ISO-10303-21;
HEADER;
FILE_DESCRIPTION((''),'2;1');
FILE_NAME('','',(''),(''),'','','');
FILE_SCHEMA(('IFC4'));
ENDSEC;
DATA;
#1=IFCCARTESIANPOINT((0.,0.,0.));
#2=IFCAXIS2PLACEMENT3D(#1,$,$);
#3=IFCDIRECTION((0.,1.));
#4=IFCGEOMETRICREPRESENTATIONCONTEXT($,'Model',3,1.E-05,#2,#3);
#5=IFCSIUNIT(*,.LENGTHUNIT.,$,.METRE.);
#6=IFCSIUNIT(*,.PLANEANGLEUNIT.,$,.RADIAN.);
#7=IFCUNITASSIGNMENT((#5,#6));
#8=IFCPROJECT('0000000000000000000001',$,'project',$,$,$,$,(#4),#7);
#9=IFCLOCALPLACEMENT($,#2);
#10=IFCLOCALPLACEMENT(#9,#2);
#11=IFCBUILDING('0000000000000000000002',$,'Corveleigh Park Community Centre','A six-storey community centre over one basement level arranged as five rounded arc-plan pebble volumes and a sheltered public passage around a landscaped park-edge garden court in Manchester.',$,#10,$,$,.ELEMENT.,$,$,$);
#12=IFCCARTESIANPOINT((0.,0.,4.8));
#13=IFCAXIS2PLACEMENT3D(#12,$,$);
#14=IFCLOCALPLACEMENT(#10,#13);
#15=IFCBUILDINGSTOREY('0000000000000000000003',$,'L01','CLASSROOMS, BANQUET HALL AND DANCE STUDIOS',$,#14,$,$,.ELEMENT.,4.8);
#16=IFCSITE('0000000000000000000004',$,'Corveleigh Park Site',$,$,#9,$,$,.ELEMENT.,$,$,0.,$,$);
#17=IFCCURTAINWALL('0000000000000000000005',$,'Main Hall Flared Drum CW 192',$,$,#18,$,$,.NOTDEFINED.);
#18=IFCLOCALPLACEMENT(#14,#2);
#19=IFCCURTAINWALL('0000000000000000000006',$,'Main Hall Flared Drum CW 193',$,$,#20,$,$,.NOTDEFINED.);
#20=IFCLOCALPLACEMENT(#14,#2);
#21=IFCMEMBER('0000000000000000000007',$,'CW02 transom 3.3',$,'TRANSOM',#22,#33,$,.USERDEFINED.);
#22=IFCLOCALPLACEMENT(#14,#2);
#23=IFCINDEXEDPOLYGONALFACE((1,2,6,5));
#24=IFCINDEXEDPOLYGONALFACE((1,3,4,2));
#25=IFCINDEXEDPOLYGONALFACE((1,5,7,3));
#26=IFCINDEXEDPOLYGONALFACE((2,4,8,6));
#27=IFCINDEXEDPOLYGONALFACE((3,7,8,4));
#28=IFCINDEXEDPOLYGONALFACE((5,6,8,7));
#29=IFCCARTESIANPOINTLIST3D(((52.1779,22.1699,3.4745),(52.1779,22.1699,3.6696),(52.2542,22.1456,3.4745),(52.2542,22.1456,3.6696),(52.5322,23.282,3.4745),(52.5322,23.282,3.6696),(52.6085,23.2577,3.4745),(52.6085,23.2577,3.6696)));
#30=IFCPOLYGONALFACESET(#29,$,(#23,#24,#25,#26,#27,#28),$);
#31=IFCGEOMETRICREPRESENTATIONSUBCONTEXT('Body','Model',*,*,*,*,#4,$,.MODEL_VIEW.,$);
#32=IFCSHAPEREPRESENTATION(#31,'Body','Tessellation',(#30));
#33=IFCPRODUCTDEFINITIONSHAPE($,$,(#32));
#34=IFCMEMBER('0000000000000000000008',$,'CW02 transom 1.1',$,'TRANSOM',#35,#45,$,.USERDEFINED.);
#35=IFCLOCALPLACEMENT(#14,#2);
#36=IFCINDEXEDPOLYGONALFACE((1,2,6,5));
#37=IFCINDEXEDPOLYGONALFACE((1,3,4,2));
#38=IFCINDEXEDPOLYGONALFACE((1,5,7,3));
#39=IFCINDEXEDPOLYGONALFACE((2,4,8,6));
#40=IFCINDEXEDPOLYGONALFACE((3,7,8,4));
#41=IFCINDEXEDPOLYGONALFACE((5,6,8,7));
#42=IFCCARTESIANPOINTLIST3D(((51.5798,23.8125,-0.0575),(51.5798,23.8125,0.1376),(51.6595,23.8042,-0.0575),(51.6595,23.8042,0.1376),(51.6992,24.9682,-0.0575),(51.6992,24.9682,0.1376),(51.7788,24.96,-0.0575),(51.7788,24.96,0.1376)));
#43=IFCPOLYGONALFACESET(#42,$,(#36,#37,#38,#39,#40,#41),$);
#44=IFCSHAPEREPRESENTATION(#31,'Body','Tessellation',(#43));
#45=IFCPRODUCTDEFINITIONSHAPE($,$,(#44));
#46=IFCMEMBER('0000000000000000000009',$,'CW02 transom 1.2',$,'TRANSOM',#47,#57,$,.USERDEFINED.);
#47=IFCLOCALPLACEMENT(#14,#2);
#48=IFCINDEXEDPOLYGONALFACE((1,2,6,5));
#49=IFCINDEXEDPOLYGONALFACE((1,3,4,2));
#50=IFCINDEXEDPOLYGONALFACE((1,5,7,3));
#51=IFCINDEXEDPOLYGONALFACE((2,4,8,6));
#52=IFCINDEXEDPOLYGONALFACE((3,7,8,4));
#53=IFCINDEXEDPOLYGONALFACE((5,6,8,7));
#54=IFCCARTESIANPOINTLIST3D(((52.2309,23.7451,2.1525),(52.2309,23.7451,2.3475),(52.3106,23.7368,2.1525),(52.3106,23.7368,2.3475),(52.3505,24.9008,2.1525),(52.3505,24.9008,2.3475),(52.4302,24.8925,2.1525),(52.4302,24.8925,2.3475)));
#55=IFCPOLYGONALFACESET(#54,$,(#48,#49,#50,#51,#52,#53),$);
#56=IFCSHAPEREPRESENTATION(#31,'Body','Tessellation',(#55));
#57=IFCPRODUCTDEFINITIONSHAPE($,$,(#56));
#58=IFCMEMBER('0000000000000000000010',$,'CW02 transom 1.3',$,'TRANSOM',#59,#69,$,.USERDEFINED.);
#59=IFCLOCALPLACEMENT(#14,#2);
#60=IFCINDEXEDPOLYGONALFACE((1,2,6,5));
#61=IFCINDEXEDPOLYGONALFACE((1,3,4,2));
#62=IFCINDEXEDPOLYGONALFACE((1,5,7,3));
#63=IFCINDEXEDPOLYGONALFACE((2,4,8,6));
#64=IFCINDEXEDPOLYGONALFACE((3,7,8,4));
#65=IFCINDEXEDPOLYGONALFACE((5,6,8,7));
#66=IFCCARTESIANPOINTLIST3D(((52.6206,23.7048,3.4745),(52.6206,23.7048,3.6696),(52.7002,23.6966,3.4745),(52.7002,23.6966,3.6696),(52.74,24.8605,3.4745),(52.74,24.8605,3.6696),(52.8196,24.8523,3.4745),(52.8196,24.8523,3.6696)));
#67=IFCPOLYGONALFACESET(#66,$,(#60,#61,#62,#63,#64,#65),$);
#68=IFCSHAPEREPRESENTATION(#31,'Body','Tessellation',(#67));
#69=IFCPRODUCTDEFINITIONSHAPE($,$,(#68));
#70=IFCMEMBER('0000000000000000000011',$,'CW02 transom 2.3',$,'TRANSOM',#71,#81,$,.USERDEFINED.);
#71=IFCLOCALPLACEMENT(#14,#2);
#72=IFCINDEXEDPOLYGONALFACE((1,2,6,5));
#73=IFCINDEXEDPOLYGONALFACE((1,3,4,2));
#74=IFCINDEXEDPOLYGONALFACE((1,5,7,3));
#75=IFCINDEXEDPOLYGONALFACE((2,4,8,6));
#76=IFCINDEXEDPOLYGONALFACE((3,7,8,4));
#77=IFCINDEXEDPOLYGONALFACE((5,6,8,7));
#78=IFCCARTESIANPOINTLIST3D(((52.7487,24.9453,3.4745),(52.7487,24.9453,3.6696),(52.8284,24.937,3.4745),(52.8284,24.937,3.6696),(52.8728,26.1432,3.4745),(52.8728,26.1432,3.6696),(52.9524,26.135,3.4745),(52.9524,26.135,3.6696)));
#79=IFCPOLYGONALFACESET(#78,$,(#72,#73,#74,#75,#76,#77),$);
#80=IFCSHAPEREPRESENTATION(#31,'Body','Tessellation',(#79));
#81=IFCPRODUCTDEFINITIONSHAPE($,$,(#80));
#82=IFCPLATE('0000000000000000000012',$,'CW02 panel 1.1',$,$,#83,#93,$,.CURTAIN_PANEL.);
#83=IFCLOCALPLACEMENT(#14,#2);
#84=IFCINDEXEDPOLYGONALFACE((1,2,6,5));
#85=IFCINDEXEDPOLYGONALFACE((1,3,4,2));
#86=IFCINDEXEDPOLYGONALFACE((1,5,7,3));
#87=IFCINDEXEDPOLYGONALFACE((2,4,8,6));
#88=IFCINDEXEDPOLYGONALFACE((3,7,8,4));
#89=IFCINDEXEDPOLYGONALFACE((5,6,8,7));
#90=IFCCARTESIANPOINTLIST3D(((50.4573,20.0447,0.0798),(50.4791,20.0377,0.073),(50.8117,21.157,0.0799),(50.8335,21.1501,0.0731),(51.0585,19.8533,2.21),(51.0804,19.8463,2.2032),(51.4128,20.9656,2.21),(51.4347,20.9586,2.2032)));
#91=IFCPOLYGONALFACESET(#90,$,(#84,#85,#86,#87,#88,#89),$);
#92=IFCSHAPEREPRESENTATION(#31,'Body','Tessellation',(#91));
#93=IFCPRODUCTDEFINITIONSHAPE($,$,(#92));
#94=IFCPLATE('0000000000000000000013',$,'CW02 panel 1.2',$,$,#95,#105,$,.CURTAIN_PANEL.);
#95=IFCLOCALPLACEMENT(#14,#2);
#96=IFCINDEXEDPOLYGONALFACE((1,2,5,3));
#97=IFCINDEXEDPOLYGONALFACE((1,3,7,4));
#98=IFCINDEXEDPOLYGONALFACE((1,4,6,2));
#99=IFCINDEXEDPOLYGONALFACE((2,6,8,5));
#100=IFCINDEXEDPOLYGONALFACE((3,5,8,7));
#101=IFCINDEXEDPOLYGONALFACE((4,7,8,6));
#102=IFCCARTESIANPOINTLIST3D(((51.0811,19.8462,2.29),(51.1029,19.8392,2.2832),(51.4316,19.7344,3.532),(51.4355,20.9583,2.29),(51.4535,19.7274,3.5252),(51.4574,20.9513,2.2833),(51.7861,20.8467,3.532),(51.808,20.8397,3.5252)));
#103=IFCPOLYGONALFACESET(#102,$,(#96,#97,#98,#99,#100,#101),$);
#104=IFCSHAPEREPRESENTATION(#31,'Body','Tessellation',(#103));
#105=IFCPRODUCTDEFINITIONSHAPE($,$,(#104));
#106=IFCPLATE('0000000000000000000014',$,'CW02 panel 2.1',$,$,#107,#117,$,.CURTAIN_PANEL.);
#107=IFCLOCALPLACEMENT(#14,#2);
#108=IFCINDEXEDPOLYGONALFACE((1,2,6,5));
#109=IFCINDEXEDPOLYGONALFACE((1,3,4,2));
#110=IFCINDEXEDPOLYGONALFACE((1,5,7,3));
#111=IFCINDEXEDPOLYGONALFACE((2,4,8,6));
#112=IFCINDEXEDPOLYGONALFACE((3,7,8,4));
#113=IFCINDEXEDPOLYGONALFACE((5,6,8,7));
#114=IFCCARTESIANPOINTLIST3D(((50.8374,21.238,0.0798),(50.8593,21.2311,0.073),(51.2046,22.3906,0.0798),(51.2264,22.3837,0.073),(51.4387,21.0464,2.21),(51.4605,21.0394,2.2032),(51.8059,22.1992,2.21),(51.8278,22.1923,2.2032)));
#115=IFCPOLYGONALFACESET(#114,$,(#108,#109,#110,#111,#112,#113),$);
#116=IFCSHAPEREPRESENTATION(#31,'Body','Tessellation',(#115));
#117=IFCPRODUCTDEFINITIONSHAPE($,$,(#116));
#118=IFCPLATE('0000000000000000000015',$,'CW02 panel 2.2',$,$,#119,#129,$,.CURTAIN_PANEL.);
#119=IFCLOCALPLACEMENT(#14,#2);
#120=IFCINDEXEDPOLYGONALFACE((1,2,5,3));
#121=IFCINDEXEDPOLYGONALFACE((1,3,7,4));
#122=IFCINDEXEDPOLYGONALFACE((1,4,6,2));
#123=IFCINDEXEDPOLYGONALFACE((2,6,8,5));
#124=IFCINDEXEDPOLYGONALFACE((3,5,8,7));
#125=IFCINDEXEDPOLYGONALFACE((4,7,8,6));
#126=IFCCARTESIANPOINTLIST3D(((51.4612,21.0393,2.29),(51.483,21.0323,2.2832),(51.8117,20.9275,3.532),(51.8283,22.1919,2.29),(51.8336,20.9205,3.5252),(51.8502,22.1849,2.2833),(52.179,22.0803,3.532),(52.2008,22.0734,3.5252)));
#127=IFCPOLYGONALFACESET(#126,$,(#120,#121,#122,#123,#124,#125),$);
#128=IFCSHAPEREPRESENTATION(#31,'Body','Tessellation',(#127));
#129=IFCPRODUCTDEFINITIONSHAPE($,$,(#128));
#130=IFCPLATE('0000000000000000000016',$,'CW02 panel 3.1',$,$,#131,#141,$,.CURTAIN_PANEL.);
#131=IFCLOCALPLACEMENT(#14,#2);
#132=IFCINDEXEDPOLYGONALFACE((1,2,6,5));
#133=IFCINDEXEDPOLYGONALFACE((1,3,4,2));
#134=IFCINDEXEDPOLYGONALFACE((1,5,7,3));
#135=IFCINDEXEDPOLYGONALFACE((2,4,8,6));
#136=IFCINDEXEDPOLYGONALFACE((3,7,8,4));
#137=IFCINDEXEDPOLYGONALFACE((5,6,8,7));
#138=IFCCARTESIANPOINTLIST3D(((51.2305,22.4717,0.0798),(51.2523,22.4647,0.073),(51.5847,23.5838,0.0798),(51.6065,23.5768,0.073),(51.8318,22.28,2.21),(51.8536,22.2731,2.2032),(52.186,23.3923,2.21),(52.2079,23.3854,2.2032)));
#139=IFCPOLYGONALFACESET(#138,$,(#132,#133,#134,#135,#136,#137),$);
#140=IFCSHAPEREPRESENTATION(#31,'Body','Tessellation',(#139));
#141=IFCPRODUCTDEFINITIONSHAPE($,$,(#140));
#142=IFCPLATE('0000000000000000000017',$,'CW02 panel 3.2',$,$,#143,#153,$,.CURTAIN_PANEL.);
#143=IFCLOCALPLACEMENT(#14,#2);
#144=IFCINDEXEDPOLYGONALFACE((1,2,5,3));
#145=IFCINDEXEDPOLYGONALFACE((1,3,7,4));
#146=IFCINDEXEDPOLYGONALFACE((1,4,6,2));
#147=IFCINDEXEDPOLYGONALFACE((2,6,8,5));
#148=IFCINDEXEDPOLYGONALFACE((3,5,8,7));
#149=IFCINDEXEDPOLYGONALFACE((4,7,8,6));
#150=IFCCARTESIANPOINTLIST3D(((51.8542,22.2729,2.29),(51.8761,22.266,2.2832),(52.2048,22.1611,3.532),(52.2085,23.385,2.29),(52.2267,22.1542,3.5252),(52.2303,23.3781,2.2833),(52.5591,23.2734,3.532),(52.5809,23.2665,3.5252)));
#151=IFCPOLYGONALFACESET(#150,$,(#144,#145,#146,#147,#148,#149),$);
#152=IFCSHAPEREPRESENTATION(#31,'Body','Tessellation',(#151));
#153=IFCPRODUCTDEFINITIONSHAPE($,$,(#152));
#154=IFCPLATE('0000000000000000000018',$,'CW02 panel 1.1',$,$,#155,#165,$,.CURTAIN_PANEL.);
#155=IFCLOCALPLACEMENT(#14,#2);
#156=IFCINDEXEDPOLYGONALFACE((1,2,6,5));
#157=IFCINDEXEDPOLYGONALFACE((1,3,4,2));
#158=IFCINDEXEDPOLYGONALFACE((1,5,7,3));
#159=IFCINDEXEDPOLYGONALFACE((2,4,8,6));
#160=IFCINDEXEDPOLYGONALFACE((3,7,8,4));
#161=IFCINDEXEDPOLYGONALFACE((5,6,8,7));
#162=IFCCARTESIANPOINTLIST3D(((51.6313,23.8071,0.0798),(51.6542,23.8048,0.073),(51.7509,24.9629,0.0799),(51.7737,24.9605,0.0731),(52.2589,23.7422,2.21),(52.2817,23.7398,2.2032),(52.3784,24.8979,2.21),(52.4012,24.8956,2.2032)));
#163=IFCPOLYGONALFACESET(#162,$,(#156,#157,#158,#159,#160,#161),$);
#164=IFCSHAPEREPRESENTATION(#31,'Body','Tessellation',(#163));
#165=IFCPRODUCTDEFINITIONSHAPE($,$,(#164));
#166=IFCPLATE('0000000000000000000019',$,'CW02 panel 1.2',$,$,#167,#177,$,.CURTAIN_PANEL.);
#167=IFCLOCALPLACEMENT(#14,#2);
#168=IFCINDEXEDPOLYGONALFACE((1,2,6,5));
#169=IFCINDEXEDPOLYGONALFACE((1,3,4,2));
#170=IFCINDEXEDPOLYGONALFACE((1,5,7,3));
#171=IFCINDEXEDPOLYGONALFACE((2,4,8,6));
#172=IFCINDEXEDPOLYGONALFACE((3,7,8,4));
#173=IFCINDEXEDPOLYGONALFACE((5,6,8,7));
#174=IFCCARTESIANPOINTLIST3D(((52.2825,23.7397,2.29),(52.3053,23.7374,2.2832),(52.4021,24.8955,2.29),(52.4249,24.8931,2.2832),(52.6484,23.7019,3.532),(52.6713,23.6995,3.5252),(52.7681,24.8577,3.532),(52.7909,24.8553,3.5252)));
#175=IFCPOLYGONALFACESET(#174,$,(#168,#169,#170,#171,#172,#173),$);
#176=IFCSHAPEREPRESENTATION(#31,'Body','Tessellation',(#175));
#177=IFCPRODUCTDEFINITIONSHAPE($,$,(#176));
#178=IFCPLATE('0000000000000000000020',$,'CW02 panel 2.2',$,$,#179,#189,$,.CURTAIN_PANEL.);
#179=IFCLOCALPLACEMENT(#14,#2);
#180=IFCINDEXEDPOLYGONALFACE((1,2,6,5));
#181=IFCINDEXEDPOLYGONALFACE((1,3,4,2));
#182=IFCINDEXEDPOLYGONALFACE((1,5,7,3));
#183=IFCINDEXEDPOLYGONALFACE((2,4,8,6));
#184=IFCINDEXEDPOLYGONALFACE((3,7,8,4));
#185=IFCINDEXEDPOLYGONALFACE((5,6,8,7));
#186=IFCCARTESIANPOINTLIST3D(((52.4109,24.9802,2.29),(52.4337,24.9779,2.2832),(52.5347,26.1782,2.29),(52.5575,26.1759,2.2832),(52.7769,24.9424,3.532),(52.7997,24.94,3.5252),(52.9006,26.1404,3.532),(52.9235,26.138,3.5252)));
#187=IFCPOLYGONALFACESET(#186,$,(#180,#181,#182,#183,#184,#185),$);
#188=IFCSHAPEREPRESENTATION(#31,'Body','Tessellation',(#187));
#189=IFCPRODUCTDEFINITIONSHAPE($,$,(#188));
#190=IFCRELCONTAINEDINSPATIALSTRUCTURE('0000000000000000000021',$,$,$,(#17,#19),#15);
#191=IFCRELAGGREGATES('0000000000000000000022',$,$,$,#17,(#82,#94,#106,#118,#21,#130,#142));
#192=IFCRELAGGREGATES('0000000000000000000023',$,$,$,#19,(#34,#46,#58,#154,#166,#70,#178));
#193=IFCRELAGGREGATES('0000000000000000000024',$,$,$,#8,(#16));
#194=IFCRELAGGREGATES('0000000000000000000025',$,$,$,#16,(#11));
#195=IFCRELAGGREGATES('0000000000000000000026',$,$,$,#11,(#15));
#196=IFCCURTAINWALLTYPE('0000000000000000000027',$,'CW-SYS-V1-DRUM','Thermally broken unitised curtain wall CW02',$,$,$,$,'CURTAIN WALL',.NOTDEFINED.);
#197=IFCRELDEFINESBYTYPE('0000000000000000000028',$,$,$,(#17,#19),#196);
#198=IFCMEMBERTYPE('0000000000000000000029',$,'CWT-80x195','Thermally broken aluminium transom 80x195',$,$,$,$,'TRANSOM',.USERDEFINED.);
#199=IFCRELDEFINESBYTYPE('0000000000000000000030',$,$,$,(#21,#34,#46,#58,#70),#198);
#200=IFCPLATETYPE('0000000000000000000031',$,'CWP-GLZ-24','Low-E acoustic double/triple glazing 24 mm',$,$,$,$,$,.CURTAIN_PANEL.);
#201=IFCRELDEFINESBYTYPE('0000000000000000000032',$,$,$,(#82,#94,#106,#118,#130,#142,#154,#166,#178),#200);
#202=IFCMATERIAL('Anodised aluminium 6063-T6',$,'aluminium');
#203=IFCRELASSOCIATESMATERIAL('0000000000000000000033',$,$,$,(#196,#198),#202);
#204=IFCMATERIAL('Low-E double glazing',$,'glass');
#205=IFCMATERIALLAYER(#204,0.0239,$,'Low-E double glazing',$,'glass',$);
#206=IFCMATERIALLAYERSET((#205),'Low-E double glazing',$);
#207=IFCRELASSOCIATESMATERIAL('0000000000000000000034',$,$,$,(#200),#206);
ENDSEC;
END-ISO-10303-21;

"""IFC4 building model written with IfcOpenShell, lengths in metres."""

from ifc_helpers import new_model, si_unit, direction, frame, origin, origin_2d, place, context, subcontext, project, spatial, polyline, rectangle, outline, extrude, material, layer, layer_set, material_profile, profile_set, type_object, element, aggregate, save


model = new_model("IFC4")

# Units and contexts
model_context = context("Model", 3, precision=1e-05, world=origin(), true_north=direction((0.0, 1.0)))
body_context = subcontext(model_context, "Body", "Model", "MODEL_VIEW")
ifc_project = project(units=[si_unit("LENGTHUNIT", "METRE"), si_unit("PLANEANGLEUNIT", "RADIAN")], contexts=[model_context])

# Site, building, storey
site_placement = place(None, origin())
site = spatial("IfcSite", under=ifc_project, at=site_placement, Name="Corveleigh Park Site", CompositionType="ELEMENT", RefElevation=0.0)
building_placement = place(site_placement, origin())
building = spatial("IfcBuilding", under=site, at=building_placement, Name="Corveleigh Park Community Centre", Description="A six-storey community centre over one basement level arranged as five rounded arc-plan pebble volumes and a sheltered public passage around a landscaped park-edge garden court in Manchester.", CompositionType="ELEMENT")
storey_placement = place(building_placement, frame((0.0, 0.0, 4.8)))
storey = spatial("IfcBuildingStorey", under=building, at=storey_placement, Name="L01", Description="CLASSROOMS, BANQUET HALL AND DANCE STUDIOS", CompositionType="ELEMENT", Elevation=4.8)

# Shared definitions
ifc_material_1 = material(Name="Anodised aluminium 6063-T6", Category="aluminium")
curtain_wall_type = type_object("IfcCurtainWallType", Name="CW-SYS-V1-DRUM", Description="Thermally broken unitised curtain wall CW02", ElementType="CURTAIN WALL", PredefinedType="NOTDEFINED", material=ifc_material_1)

# Curtain wall
curtain_wall_1_placement = place(storey_placement, origin())
curtain_wall_1 = element("IfcCurtainWall", 1, at=curtain_wall_1_placement, inside=storey, type_object=curtain_wall_type, Name="Main Hall Flared Drum CW 192", PredefinedType="NOTDEFINED")

# Curtain wall
curtain_wall_2_placement = place(storey_placement, origin())
curtain_wall_2 = element("IfcCurtainWall", 2, at=curtain_wall_2_placement, inside=storey, type_object=curtain_wall_type, Name="Main Hall Flared Drum CW 193", PredefinedType="NOTDEFINED")

# Members
ifc_material_profile_1 = material_profile(ifc_material_1, rectangle(XDim=0.0801, YDim=0.1951, at=origin_2d()), Name="ALU-T80x195", Category="aluminium")
ifc_profile_set_1 = profile_set([ifc_material_profile_1], Name="Anodised aluminium 6063-T6")
member_type_1 = type_object("IfcMemberType", Name="CWT-80x195", Description="Thermally broken aluminium transom 80x195", ElementType="TRANSOM", PredefinedType="USERDEFINED", material=ifc_profile_set_1)
member_1_placement = place(storey_placement, frame((52.2161, 22.1577, 3.572), z_axis=(0.303523, 0.952824, 0.0), x_axis=(-0.952824, 0.303523, 0.0)))
member_1 = element("IfcMember", 3, at=member_1_placement, type_object=member_type_1, Name="CW02 transom 3.3", ObjectType="TRANSOM", PredefinedType="USERDEFINED", context=body_context, shape_type="SweptSolid", body=[
    extrude(rectangle(XDim=0.0801, YDim=0.1951, at=origin_2d()), origin(), (0.0, 0.0, 1.0), 1.1672),
])
member_2_placement = place(storey_placement, frame((51.6196, 23.8083, 0.04), z_axis=(0.102749, 0.994707, 0.0), x_axis=(-0.994707, 0.102749, 0.0)))
member_2 = element("IfcMember", 4, at=member_2_placement, type_object=member_type_1, Name="CW02 transom 1.1", ObjectType="TRANSOM", PredefinedType="USERDEFINED", context=body_context, shape_type="SweptSolid", body=[
    extrude(rectangle(XDim=0.0801, YDim=0.1951, at=origin_2d()), origin(), (0.0, 0.0, 1.0), 1.1619),
])
member_3_placement = place(storey_placement, frame((52.2708, 23.741, 2.25), z_axis=(0.102957, 0.994686, 0.0), x_axis=(-0.994686, 0.102957, 0.0)))
member_3 = element("IfcMember", 5, at=member_3_placement, type_object=member_type_1, Name="CW02 transom 1.2", ObjectType="TRANSOM", PredefinedType="USERDEFINED", context=body_context, shape_type="SweptSolid", body=[
    extrude(rectangle(XDim=0.0801, YDim=0.1951, at=origin_2d()), origin(), (0.0, 0.0, 1.0), 1.1619),
])
member_4_placement = place(storey_placement, frame((52.6604, 23.7007, 3.572), z_axis=(0.102749, 0.994707, 0.0), x_axis=(-0.994707, 0.102749, 0.0)))
member_4 = element("IfcMember", 6, at=member_4_placement, type_object=member_type_1, Name="CW02 transom 1.3", ObjectType="TRANSOM", PredefinedType="USERDEFINED", context=body_context, shape_type="SweptSolid", body=[
    extrude(rectangle(XDim=0.0801, YDim=0.1951, at=origin_2d()), origin(), (0.0, 0.0, 1.0), 1.1619),
])
member_5_placement = place(storey_placement, frame((52.7886, 24.9412, 3.572), z_axis=(0.102975, 0.994684, 0.0), x_axis=(-0.994684, 0.102975, 0.0)))
member_5 = element("IfcMember", 7, at=member_5_placement, type_object=member_type_1, Name="CW02 transom 2.3", ObjectType="TRANSOM", PredefinedType="USERDEFINED", context=body_context, shape_type="SweptSolid", body=[
    extrude(rectangle(XDim=0.0801, YDim=0.1951, at=origin_2d()), origin(), (0.0, 0.0, 1.0), 1.2043),
])

# Plates
ifc_material_2 = material(Name="Low-E double glazing", Category="glass")
ifc_layer_1 = layer(ifc_material_2, 0.0239, Name="Low-E double glazing", Category="glass")
ifc_layer_set_1 = layer_set([ifc_layer_1], Name="Low-E double glazing")
plate_type = type_object("IfcPlateType", Name="CWP-GLZ-24", Description="Low-E acoustic double/triple glazing 24 mm", PredefinedType="CURTAIN_PANEL", material=ifc_layer_set_1)
plate_1_placement = place(storey_placement, frame((50.4573, 20.0447, 0.0798), z_axis=(-0.913581, 0.291059, 0.283998), x_axis=(0.303565, 0.952811, 0.000027)))
plate_1 = element("IfcPlate", 8, at=plate_1_placement, type_object=plate_type, Name="CW02 panel 1.1", PredefinedType="CURTAIN_PANEL", context=body_context, shape_type="SweptSolid", body=[
    extrude(outline(polyline([(0.0, 0.0), (1.1674, 0.0), (1.1676, -2.2216), (0.0002, -2.2216), (0.0, 0.0)])), origin(), (0.0, 0.0, -1.0), 0.0239),
])
plate_2_placement = place(storey_placement, frame((51.0811, 19.8462, 2.29), z_axis=(-0.913524, 0.291173, 0.284064), x_axis=(0.303685, 0.952772, 0.000009)))
plate_2 = element("IfcPlate", 9, at=plate_2_placement, type_object=plate_type, Name="CW02 panel 1.2", PredefinedType="CURTAIN_PANEL", context=body_context, shape_type="SweptSolid", body=[
    extrude(outline(polyline([(0.0, 0.0), (1.1672, 0.0), (1.1674, -1.2953), (-0.0001, -1.2953), (0.0, 0.0)])), origin(), (0.0, 0.0, -1.0), 0.0239),
])
plate_3_placement = place(storey_placement, frame((50.8374, 21.238, 0.0798), z_axis=(-0.913576, 0.291013, 0.284061), x_axis=(0.303518, 0.952826, 0.000008)))
plate_3 = element("IfcPlate", 10, at=plate_3_placement, type_object=plate_type, Name="CW02 panel 2.1", PredefinedType="CURTAIN_PANEL", context=body_context, shape_type="SweptSolid", body=[
    extrude(outline(polyline([(0.0, 0.0), (1.2097, 0.0), (1.2098, -2.2216), (-0.0001, -2.2217), (0.0, 0.0)])), origin(), (0.0, 0.0, -1.0), 0.0239),
])
plate_4_placement = place(storey_placement, frame((51.4612, 21.0393, 2.29), z_axis=(-0.913575, 0.291013, 0.284064), x_axis=(0.303518, 0.952826, 0.000008)))
plate_4 = element("IfcPlate", 11, at=plate_4_placement, type_object=plate_type, Name="CW02 panel 2.2", PredefinedType="CURTAIN_PANEL", context=body_context, shape_type="SweptSolid", body=[
    extrude(outline(polyline([(0.0, 0.0), (1.2097, 0.0), (1.2098, -1.2953), (-0.0001, -1.2953), (0.0, 0.0)])), origin(), (0.0, 0.0, -1.0), 0.0239),
])
plate_5_placement = place(storey_placement, frame((51.2305, 22.4717, 0.0798), z_axis=(-0.913583, 0.290991, 0.284061), x_axis=(0.303495, 0.952833, 0.000009)))
plate_5 = element("IfcPlate", 12, at=plate_5_placement, type_object=plate_type, Name="CW02 panel 3.1", PredefinedType="CURTAIN_PANEL", context=body_context, shape_type="SweptSolid", body=[
    extrude(outline(polyline([(0.0, 0.0), (1.1671, 0.0), (1.1673, -2.2216), (-0.0001, -2.2217), (0.0, 0.0)])), origin(), (0.0, 0.0, -1.0), 0.0239),
])
plate_6_placement = place(storey_placement, frame((51.8542, 22.2729, 2.29), z_axis=(-0.913582, 0.290991, 0.284064), x_axis=(0.303495, 0.952833, 0.000009)))
plate_6 = element("IfcPlate", 13, at=plate_6_placement, type_object=plate_type, Name="CW02 panel 3.2", PredefinedType="CURTAIN_PANEL", context=body_context, shape_type="SweptSolid", body=[
    extrude(outline(polyline([(0.0, 0.0), (1.1671, 0.0), (1.1672, -1.2953), (-0.0001, -1.2953), (0.0, 0.0)])), origin(), (0.0, 0.0, -1.0), 0.0239),
])
aggregate(curtain_wall_1, [plate_1, plate_2, plate_3, plate_4, member_1, plate_5, plate_6])
plate_7_placement = place(storey_placement, frame((51.6313, 23.8071, 0.0798), z_axis=(-0.953742, 0.098618, 0.283991), x_axis=(0.102861, 0.994696, 0.000028)))
plate_7 = element("IfcPlate", 14, at=plate_7_placement, type_object=plate_type, Name="CW02 panel 1.1", PredefinedType="CURTAIN_PANEL", context=body_context, shape_type="SweptSolid", body=[
    extrude(outline(polyline([(0.0, 0.0), (1.1619, 0.0), (1.1619, -2.2216), (0.0, -2.2216), (0.0, 0.0)])), origin(), (0.0, 0.0, -1.0), 0.0239),
])
plate_8_placement = place(storey_placement, frame((52.2825, 23.7397, 2.29), z_axis=(-0.953717, 0.098716, 0.284042), x_axis=(0.102957, 0.994686, 0.0)))
plate_8 = element("IfcPlate", 15, at=plate_8_placement, type_object=plate_type, Name="CW02 panel 1.2", PredefinedType="CURTAIN_PANEL", context=body_context, shape_type="SweptSolid", body=[
    extrude(outline(polyline([(0.0, 0.0), (1.1619, 0.0), (1.162, -1.2953), (0.0, -1.2953), (0.0, 0.0)])), origin(), (0.0, 0.0, -1.0), 0.0239),
])
plate_9_placement = place(storey_placement, frame((52.4109, 24.9802, 2.29), z_axis=(-0.953735, 0.098542, 0.284042), x_axis=(0.102775, 0.994705, 0.0)))
plate_9 = element("IfcPlate", 16, at=plate_9_placement, type_object=plate_type, Name="CW02 panel 2.2", PredefinedType="CURTAIN_PANEL", context=body_context, shape_type="SweptSolid", body=[
    extrude(outline(polyline([(0.0, 0.0), (1.2044, 0.0), (1.2043, -1.2953), (0.0, -1.2953), (0.0, 0.0)])), origin(), (0.0, 0.0, -1.0), 0.0239),
])
aggregate(curtain_wall_2, [member_2, member_3, member_4, plate_7, plate_8, member_5, plate_9])

save(model, "model.ifc")
